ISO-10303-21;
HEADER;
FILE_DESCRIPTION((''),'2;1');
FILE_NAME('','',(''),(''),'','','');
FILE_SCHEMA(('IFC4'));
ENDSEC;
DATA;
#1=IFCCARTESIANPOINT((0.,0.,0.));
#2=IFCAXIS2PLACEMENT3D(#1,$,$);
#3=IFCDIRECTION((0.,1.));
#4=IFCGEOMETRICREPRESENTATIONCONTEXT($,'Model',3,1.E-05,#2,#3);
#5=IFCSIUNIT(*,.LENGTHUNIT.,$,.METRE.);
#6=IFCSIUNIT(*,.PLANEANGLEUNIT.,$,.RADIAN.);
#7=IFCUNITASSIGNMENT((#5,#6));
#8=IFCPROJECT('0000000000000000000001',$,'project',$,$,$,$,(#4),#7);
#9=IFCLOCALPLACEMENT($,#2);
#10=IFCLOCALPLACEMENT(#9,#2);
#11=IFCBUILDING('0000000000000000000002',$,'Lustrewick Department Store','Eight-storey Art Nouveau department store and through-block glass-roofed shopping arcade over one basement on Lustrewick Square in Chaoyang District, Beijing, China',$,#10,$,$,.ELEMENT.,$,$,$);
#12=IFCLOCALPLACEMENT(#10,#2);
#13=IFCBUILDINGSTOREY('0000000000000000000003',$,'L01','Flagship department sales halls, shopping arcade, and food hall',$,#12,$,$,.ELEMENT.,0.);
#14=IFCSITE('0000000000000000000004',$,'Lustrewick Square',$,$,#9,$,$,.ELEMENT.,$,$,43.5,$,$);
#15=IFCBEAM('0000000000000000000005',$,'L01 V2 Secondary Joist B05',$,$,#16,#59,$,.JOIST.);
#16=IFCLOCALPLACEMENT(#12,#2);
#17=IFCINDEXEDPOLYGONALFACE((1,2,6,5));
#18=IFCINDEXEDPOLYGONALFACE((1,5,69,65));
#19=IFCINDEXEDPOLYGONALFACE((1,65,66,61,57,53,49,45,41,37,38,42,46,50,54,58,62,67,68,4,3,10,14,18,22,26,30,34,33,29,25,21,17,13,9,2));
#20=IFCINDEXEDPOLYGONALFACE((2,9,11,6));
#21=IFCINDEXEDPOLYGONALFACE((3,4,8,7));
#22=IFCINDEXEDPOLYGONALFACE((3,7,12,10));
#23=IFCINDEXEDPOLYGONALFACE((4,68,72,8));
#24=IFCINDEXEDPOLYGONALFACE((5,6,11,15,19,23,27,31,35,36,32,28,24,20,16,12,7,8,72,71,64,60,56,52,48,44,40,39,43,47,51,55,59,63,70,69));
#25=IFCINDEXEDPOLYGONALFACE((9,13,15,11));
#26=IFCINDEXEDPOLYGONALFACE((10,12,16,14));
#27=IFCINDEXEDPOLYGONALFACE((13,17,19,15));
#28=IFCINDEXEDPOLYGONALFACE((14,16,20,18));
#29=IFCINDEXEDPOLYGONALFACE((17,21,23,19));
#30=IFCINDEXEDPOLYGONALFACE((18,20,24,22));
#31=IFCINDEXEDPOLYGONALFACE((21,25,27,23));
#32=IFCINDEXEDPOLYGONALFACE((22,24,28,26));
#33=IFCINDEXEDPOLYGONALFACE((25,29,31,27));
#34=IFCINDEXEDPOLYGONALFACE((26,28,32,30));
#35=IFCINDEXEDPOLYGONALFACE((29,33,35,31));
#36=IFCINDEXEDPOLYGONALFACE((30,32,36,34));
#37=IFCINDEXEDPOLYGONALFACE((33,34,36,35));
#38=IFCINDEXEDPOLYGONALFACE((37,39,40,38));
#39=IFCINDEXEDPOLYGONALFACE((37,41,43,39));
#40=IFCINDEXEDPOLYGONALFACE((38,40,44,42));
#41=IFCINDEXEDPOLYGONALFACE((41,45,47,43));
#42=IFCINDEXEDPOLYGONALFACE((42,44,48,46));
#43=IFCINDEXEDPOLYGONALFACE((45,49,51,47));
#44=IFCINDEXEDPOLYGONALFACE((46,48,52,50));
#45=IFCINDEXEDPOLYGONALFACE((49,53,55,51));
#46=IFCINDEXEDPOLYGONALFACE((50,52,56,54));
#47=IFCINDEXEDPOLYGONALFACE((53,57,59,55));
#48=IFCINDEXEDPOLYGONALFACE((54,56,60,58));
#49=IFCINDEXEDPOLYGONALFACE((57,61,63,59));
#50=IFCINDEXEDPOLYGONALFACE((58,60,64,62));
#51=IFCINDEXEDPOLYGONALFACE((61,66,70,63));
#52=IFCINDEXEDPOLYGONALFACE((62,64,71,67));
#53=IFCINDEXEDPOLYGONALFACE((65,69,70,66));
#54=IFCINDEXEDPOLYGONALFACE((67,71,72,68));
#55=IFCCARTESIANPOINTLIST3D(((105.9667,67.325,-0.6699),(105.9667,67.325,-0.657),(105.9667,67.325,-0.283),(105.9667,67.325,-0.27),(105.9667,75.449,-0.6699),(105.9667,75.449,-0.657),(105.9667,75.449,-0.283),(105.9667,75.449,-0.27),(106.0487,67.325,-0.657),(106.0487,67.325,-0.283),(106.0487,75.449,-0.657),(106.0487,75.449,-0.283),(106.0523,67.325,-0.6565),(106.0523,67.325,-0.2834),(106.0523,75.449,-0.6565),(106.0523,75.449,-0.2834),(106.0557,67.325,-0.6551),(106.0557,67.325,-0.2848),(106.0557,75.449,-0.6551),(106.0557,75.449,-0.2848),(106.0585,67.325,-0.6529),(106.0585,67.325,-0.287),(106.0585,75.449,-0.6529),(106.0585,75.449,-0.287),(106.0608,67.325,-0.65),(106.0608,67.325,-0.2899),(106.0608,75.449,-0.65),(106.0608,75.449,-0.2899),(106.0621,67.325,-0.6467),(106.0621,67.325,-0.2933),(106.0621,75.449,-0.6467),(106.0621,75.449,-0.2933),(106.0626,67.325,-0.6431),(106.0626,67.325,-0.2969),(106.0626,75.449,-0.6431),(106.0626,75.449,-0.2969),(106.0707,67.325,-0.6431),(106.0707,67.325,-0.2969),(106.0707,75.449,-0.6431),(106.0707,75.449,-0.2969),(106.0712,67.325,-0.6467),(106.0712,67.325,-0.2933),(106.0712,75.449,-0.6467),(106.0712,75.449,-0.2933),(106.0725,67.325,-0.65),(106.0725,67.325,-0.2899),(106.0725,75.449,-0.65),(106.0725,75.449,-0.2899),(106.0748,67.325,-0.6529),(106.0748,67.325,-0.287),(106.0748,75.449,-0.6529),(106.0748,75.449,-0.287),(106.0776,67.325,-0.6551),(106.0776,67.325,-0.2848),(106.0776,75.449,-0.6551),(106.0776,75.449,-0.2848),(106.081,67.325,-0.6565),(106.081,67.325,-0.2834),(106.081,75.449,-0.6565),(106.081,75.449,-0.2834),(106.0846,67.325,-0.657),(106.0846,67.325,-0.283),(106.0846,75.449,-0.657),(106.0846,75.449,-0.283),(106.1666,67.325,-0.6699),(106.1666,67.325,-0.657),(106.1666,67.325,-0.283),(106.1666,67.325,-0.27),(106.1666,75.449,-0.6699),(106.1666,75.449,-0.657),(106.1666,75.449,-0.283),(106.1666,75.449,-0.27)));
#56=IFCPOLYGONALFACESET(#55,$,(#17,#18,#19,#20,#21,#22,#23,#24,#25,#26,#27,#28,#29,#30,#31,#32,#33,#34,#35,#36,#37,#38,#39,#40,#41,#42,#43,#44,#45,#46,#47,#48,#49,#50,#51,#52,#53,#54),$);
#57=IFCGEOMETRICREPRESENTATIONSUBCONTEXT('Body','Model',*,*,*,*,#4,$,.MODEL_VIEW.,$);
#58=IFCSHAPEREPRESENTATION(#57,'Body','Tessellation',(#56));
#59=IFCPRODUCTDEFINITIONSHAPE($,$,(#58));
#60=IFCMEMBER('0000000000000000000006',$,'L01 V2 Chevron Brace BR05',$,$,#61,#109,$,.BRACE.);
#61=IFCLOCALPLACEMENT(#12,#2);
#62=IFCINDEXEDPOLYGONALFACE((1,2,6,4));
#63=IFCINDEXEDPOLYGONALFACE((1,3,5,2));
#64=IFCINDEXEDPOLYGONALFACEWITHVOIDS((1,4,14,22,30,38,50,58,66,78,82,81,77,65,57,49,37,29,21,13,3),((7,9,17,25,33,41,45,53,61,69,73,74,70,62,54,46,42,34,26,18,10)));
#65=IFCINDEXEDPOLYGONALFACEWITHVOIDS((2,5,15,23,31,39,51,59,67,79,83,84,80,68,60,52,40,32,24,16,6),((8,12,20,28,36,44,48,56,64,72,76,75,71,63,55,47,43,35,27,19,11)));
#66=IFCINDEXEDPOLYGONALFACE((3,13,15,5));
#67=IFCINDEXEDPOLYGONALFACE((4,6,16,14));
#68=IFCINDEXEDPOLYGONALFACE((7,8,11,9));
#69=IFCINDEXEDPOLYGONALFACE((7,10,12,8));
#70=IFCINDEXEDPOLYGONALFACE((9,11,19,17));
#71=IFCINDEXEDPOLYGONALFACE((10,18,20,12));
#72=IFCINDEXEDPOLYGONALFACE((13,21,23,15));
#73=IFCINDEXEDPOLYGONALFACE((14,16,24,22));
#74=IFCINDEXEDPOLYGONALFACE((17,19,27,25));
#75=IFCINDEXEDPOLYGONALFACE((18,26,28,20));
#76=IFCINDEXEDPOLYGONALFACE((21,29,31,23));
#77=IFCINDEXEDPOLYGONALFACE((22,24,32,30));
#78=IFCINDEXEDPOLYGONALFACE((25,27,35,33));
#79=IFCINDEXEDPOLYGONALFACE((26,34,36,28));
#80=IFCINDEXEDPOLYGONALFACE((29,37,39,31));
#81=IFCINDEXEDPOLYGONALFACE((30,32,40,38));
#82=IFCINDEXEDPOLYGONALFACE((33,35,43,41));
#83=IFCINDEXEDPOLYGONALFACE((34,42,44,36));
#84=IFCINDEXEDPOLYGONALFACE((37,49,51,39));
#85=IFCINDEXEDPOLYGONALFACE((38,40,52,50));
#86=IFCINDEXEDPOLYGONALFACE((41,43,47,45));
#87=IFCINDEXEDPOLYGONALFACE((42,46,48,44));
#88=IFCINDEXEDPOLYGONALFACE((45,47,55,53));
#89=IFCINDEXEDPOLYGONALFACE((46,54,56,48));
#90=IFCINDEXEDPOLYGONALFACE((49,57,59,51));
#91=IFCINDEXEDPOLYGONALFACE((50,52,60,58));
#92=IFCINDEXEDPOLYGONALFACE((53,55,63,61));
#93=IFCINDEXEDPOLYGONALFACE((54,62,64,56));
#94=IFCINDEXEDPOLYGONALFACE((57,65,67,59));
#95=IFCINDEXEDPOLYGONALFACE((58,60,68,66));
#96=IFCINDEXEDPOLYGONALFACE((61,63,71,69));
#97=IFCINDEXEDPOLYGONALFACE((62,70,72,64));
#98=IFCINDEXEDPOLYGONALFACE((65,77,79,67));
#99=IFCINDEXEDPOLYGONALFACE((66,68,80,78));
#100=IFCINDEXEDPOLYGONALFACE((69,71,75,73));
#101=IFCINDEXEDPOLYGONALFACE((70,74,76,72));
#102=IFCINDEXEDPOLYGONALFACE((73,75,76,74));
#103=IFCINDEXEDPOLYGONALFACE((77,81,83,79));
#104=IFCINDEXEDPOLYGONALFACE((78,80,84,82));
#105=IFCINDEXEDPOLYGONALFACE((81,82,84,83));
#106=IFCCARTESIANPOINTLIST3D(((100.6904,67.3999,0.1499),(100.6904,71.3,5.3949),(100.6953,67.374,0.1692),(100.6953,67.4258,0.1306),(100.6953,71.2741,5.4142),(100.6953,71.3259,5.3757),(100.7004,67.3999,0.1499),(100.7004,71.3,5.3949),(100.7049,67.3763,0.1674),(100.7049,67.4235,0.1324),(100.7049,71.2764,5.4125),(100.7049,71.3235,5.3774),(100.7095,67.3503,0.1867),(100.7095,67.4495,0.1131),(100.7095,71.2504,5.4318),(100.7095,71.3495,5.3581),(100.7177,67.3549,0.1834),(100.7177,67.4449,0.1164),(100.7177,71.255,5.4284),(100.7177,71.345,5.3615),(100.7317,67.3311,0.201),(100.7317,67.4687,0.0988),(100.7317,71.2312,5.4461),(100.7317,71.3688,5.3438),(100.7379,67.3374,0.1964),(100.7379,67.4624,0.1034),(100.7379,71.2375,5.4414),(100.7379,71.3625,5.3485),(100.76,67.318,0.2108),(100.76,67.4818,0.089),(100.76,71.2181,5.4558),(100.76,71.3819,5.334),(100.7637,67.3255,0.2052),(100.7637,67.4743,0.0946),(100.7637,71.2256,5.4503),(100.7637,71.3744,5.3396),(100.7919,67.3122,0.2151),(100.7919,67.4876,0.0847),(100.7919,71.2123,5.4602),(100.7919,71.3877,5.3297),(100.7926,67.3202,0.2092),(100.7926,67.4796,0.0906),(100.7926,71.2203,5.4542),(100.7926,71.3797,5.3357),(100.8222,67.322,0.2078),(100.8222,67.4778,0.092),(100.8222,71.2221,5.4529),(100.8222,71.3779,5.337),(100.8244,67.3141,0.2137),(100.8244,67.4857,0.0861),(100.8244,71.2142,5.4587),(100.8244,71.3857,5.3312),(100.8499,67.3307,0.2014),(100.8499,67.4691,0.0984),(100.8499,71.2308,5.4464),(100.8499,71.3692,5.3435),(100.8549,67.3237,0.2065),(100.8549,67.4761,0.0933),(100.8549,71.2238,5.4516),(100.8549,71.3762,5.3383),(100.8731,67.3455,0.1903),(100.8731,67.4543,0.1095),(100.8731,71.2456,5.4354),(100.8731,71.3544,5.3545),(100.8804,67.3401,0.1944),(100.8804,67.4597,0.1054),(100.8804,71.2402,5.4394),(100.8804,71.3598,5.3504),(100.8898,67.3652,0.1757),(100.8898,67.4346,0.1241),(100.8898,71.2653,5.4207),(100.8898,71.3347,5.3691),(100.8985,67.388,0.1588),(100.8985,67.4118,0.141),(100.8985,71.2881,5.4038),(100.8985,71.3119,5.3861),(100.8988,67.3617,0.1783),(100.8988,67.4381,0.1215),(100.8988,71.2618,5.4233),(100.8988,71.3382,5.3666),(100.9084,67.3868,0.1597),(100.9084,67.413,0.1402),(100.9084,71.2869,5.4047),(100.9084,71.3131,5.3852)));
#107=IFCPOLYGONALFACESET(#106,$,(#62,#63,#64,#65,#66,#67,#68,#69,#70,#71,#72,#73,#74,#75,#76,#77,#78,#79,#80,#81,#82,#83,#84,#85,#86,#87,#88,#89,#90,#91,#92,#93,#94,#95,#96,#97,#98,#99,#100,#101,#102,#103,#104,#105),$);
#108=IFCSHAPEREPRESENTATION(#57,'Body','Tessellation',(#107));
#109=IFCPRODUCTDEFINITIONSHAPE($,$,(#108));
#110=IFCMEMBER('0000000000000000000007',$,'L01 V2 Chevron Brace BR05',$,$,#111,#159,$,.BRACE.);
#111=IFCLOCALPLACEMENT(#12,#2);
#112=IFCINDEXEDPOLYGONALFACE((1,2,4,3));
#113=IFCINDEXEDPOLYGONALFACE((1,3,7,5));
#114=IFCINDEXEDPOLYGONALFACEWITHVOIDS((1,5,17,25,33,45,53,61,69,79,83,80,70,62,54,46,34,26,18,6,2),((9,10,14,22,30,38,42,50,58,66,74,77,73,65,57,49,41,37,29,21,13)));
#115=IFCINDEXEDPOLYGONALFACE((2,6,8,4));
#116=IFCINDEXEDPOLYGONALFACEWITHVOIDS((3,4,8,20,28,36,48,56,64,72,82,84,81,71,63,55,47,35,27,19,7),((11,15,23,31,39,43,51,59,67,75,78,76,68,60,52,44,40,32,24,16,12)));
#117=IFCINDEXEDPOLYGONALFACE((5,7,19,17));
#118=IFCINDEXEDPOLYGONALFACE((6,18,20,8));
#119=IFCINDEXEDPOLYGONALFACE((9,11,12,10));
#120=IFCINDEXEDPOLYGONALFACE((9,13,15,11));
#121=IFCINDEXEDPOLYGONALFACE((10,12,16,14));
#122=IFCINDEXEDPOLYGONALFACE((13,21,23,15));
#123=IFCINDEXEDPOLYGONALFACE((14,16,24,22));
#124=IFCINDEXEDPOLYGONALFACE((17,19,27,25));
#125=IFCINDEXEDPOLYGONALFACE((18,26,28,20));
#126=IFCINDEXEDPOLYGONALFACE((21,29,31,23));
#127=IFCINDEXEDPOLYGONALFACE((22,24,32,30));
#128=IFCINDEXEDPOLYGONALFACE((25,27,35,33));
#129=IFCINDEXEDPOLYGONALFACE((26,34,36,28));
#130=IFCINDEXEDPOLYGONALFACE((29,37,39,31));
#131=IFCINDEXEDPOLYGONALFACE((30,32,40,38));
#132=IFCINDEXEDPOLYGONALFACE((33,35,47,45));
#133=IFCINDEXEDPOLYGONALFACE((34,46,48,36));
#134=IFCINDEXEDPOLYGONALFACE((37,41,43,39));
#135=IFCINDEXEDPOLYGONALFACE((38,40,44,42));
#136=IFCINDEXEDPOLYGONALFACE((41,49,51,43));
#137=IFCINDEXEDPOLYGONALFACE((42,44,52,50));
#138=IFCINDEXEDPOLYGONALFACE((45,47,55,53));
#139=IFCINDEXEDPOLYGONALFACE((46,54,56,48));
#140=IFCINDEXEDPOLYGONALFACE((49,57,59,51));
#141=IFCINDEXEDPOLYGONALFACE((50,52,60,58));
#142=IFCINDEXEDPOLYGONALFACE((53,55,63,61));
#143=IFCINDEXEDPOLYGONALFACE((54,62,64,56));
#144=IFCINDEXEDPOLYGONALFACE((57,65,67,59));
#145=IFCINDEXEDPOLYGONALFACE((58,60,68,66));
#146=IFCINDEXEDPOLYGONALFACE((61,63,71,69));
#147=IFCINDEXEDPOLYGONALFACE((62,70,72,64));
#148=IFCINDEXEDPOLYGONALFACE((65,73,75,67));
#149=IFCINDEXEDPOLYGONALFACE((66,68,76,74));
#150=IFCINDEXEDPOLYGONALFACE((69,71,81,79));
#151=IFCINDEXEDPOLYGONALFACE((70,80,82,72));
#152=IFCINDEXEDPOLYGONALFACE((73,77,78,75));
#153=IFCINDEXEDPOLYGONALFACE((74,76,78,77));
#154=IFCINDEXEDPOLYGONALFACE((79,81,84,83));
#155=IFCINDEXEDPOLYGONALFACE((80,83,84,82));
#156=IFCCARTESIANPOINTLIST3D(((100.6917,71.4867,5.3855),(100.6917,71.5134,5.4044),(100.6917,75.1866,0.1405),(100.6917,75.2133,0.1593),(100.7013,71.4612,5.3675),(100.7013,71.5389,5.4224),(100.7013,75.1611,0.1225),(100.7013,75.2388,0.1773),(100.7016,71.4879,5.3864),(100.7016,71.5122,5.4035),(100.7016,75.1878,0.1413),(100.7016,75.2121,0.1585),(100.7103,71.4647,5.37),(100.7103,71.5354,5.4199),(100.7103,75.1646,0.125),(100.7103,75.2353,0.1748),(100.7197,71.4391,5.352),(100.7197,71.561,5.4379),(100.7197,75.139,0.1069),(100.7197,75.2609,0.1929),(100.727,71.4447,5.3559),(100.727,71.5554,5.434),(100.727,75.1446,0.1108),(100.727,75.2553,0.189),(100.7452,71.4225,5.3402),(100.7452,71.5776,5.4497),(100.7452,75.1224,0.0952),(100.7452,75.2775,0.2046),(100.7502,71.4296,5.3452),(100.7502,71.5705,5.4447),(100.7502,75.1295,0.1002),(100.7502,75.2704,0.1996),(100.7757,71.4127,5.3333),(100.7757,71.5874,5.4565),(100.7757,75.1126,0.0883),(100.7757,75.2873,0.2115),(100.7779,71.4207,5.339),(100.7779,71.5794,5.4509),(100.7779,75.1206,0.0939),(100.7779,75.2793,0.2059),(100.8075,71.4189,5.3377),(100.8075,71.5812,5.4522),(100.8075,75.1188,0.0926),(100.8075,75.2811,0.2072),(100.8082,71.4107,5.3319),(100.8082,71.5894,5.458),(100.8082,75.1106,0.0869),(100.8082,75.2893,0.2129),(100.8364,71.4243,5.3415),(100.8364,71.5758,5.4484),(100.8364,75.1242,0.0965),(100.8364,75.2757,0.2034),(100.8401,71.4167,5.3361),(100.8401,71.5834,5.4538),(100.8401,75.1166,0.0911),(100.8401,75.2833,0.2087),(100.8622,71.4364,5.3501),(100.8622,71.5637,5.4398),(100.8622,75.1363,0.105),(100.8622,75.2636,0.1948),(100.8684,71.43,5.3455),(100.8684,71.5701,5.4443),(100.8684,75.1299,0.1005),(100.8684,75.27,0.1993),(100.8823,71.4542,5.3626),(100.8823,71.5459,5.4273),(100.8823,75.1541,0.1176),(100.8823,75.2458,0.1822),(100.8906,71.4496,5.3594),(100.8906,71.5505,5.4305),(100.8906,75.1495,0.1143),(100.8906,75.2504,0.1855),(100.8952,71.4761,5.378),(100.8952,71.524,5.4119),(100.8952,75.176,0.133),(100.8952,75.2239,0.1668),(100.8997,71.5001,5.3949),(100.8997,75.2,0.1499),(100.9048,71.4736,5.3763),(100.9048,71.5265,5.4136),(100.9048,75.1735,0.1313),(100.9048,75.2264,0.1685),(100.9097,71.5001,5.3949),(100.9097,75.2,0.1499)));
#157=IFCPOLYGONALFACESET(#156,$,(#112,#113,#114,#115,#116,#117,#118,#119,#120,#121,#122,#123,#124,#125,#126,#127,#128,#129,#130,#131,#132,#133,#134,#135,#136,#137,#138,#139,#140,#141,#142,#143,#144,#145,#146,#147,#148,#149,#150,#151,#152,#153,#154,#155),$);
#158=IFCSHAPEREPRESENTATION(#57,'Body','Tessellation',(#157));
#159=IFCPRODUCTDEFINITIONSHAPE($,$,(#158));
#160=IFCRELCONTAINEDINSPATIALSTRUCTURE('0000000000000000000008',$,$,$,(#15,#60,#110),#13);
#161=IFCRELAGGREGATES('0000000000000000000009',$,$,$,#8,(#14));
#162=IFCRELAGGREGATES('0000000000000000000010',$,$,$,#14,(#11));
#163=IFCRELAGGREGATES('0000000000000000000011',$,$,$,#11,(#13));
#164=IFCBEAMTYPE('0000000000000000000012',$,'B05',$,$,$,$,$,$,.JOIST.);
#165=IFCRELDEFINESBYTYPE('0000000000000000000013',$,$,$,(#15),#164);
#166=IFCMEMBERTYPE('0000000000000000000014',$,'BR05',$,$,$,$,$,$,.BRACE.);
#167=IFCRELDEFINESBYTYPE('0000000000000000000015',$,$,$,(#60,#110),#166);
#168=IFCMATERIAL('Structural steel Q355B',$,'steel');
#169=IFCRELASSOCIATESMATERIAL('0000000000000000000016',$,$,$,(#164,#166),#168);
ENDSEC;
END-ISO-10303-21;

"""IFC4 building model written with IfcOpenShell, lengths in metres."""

from ifc_helpers import new_model, si_unit, direction, frame, origin, origin_2d, place, context, subcontext, project, spatial, hollow_circle, i_section, extrude, material, material_profile, profile_set, type_object, element, save


model = new_model("IFC4")

# Units and contexts
model_context = context("Model", 3, precision=1e-05, world=origin(), true_north=direction((0.0, 1.0)))
body_context = subcontext(model_context, "Body", "Model", "MODEL_VIEW")
ifc_project = project(units=[si_unit("LENGTHUNIT", "METRE"), si_unit("PLANEANGLEUNIT", "RADIAN")], contexts=[model_context])

# Site, building, storey
site_placement = place(None, origin())
site = spatial("IfcSite", under=ifc_project, at=site_placement, Name="Lustrewick Square", CompositionType="ELEMENT", RefElevation=43.5)
building_placement = place(site_placement, origin())
building = spatial("IfcBuilding", under=site, at=building_placement, Name="Lustrewick Department Store", Description="Eight-storey Art Nouveau department store and through-block glass-roofed shopping arcade over one basement on Lustrewick Square in Chaoyang District, Beijing, China", CompositionType="ELEMENT")
storey_placement = place(building_placement, origin())
storey = spatial("IfcBuildingStorey", under=building, at=storey_placement, Name="L01", Description="Flagship department sales halls, shopping arcade, and food hall", CompositionType="ELEMENT", Elevation=0.0)

# Shared definitions
ifc_material_1 = material(Name="Structural steel Q355B", Category="steel")

# Beam
ifc_material_profile_1 = material_profile(ifc_material_1, i_section(OverallWidth=0.2, OverallDepth=0.3999, WebThickness=0.0081, FlangeThickness=0.0129, FilletRadius=0.0139, at=origin_2d()), Name="HN 400x200x8x13")
ifc_profile_set_1 = profile_set([ifc_material_profile_1], Name="Structural steel Q355B")
beam_type_1 = type_object("IfcBeamType", Name="B05", PredefinedType="JOIST", material=ifc_profile_set_1)
beam_1_placement = place(storey_placement, frame((106.0667, 67.325, -0.47), z_axis=(0.0, 1.0, 0.0), x_axis=(-1.0, 0.0, 0.0)))
element("IfcBeam", 1, at=beam_1_placement, inside=storey, type_object=beam_type_1, Name="L01 V2 Secondary Joist B05", PredefinedType="JOIST", context=body_context, shape_type="SweptSolid", body=[
    extrude(i_section(OverallWidth=0.2, OverallDepth=0.3999, WebThickness=0.0081, FlangeThickness=0.0129, FilletRadius=0.0139, at=origin_2d()), origin(), (0.0, 0.0, 1.0), 8.124),
])

# Members
ifc_material_profile_2 = material_profile(ifc_material_1, hollow_circle(Radius=0.1096, WallThickness=0.01, at=origin_2d()), Name="CHS 219x10")
ifc_profile_set_2 = profile_set([ifc_material_profile_2], Name="Structural steel Q355B")
member_type = type_object("IfcMemberType", Name="BR05", PredefinedType="BRACE", material=ifc_profile_set_2)
member_1_placement = place(storey_placement, frame((100.8, 67.3999, 0.1499), z_axis=(0.0, 0.596696, 0.802467), x_axis=(-1.0, 0.0, 0.0)))
element("IfcMember", 2, at=member_1_placement, inside=storey, type_object=member_type, Name="L01 V2 Chevron Brace BR05", PredefinedType="BRACE", context=body_context, shape_type="SweptSolid", body=[
    extrude(hollow_circle(Radius=0.1096, WallThickness=0.01, at=origin_2d()), origin(), (0.0, 0.0, 1.0), 6.5361),
])
member_2_placement = place(storey_placement, frame((100.8, 75.2, 0.1499), z_axis=(0.0, -0.576425, 0.81715), x_axis=(1.0, 0.0, 0.0)))
element("IfcMember", 3, at=member_2_placement, inside=storey, type_object=member_type, Name="L01 V2 Chevron Brace BR05", PredefinedType="BRACE", context=body_context, shape_type="SweptSolid", body=[
    extrude(hollow_circle(Radius=0.1096, WallThickness=0.01, at=origin_2d()), origin(), (0.0, 0.0, 1.0), 6.4187),
])

save(model, "model.ifc")
